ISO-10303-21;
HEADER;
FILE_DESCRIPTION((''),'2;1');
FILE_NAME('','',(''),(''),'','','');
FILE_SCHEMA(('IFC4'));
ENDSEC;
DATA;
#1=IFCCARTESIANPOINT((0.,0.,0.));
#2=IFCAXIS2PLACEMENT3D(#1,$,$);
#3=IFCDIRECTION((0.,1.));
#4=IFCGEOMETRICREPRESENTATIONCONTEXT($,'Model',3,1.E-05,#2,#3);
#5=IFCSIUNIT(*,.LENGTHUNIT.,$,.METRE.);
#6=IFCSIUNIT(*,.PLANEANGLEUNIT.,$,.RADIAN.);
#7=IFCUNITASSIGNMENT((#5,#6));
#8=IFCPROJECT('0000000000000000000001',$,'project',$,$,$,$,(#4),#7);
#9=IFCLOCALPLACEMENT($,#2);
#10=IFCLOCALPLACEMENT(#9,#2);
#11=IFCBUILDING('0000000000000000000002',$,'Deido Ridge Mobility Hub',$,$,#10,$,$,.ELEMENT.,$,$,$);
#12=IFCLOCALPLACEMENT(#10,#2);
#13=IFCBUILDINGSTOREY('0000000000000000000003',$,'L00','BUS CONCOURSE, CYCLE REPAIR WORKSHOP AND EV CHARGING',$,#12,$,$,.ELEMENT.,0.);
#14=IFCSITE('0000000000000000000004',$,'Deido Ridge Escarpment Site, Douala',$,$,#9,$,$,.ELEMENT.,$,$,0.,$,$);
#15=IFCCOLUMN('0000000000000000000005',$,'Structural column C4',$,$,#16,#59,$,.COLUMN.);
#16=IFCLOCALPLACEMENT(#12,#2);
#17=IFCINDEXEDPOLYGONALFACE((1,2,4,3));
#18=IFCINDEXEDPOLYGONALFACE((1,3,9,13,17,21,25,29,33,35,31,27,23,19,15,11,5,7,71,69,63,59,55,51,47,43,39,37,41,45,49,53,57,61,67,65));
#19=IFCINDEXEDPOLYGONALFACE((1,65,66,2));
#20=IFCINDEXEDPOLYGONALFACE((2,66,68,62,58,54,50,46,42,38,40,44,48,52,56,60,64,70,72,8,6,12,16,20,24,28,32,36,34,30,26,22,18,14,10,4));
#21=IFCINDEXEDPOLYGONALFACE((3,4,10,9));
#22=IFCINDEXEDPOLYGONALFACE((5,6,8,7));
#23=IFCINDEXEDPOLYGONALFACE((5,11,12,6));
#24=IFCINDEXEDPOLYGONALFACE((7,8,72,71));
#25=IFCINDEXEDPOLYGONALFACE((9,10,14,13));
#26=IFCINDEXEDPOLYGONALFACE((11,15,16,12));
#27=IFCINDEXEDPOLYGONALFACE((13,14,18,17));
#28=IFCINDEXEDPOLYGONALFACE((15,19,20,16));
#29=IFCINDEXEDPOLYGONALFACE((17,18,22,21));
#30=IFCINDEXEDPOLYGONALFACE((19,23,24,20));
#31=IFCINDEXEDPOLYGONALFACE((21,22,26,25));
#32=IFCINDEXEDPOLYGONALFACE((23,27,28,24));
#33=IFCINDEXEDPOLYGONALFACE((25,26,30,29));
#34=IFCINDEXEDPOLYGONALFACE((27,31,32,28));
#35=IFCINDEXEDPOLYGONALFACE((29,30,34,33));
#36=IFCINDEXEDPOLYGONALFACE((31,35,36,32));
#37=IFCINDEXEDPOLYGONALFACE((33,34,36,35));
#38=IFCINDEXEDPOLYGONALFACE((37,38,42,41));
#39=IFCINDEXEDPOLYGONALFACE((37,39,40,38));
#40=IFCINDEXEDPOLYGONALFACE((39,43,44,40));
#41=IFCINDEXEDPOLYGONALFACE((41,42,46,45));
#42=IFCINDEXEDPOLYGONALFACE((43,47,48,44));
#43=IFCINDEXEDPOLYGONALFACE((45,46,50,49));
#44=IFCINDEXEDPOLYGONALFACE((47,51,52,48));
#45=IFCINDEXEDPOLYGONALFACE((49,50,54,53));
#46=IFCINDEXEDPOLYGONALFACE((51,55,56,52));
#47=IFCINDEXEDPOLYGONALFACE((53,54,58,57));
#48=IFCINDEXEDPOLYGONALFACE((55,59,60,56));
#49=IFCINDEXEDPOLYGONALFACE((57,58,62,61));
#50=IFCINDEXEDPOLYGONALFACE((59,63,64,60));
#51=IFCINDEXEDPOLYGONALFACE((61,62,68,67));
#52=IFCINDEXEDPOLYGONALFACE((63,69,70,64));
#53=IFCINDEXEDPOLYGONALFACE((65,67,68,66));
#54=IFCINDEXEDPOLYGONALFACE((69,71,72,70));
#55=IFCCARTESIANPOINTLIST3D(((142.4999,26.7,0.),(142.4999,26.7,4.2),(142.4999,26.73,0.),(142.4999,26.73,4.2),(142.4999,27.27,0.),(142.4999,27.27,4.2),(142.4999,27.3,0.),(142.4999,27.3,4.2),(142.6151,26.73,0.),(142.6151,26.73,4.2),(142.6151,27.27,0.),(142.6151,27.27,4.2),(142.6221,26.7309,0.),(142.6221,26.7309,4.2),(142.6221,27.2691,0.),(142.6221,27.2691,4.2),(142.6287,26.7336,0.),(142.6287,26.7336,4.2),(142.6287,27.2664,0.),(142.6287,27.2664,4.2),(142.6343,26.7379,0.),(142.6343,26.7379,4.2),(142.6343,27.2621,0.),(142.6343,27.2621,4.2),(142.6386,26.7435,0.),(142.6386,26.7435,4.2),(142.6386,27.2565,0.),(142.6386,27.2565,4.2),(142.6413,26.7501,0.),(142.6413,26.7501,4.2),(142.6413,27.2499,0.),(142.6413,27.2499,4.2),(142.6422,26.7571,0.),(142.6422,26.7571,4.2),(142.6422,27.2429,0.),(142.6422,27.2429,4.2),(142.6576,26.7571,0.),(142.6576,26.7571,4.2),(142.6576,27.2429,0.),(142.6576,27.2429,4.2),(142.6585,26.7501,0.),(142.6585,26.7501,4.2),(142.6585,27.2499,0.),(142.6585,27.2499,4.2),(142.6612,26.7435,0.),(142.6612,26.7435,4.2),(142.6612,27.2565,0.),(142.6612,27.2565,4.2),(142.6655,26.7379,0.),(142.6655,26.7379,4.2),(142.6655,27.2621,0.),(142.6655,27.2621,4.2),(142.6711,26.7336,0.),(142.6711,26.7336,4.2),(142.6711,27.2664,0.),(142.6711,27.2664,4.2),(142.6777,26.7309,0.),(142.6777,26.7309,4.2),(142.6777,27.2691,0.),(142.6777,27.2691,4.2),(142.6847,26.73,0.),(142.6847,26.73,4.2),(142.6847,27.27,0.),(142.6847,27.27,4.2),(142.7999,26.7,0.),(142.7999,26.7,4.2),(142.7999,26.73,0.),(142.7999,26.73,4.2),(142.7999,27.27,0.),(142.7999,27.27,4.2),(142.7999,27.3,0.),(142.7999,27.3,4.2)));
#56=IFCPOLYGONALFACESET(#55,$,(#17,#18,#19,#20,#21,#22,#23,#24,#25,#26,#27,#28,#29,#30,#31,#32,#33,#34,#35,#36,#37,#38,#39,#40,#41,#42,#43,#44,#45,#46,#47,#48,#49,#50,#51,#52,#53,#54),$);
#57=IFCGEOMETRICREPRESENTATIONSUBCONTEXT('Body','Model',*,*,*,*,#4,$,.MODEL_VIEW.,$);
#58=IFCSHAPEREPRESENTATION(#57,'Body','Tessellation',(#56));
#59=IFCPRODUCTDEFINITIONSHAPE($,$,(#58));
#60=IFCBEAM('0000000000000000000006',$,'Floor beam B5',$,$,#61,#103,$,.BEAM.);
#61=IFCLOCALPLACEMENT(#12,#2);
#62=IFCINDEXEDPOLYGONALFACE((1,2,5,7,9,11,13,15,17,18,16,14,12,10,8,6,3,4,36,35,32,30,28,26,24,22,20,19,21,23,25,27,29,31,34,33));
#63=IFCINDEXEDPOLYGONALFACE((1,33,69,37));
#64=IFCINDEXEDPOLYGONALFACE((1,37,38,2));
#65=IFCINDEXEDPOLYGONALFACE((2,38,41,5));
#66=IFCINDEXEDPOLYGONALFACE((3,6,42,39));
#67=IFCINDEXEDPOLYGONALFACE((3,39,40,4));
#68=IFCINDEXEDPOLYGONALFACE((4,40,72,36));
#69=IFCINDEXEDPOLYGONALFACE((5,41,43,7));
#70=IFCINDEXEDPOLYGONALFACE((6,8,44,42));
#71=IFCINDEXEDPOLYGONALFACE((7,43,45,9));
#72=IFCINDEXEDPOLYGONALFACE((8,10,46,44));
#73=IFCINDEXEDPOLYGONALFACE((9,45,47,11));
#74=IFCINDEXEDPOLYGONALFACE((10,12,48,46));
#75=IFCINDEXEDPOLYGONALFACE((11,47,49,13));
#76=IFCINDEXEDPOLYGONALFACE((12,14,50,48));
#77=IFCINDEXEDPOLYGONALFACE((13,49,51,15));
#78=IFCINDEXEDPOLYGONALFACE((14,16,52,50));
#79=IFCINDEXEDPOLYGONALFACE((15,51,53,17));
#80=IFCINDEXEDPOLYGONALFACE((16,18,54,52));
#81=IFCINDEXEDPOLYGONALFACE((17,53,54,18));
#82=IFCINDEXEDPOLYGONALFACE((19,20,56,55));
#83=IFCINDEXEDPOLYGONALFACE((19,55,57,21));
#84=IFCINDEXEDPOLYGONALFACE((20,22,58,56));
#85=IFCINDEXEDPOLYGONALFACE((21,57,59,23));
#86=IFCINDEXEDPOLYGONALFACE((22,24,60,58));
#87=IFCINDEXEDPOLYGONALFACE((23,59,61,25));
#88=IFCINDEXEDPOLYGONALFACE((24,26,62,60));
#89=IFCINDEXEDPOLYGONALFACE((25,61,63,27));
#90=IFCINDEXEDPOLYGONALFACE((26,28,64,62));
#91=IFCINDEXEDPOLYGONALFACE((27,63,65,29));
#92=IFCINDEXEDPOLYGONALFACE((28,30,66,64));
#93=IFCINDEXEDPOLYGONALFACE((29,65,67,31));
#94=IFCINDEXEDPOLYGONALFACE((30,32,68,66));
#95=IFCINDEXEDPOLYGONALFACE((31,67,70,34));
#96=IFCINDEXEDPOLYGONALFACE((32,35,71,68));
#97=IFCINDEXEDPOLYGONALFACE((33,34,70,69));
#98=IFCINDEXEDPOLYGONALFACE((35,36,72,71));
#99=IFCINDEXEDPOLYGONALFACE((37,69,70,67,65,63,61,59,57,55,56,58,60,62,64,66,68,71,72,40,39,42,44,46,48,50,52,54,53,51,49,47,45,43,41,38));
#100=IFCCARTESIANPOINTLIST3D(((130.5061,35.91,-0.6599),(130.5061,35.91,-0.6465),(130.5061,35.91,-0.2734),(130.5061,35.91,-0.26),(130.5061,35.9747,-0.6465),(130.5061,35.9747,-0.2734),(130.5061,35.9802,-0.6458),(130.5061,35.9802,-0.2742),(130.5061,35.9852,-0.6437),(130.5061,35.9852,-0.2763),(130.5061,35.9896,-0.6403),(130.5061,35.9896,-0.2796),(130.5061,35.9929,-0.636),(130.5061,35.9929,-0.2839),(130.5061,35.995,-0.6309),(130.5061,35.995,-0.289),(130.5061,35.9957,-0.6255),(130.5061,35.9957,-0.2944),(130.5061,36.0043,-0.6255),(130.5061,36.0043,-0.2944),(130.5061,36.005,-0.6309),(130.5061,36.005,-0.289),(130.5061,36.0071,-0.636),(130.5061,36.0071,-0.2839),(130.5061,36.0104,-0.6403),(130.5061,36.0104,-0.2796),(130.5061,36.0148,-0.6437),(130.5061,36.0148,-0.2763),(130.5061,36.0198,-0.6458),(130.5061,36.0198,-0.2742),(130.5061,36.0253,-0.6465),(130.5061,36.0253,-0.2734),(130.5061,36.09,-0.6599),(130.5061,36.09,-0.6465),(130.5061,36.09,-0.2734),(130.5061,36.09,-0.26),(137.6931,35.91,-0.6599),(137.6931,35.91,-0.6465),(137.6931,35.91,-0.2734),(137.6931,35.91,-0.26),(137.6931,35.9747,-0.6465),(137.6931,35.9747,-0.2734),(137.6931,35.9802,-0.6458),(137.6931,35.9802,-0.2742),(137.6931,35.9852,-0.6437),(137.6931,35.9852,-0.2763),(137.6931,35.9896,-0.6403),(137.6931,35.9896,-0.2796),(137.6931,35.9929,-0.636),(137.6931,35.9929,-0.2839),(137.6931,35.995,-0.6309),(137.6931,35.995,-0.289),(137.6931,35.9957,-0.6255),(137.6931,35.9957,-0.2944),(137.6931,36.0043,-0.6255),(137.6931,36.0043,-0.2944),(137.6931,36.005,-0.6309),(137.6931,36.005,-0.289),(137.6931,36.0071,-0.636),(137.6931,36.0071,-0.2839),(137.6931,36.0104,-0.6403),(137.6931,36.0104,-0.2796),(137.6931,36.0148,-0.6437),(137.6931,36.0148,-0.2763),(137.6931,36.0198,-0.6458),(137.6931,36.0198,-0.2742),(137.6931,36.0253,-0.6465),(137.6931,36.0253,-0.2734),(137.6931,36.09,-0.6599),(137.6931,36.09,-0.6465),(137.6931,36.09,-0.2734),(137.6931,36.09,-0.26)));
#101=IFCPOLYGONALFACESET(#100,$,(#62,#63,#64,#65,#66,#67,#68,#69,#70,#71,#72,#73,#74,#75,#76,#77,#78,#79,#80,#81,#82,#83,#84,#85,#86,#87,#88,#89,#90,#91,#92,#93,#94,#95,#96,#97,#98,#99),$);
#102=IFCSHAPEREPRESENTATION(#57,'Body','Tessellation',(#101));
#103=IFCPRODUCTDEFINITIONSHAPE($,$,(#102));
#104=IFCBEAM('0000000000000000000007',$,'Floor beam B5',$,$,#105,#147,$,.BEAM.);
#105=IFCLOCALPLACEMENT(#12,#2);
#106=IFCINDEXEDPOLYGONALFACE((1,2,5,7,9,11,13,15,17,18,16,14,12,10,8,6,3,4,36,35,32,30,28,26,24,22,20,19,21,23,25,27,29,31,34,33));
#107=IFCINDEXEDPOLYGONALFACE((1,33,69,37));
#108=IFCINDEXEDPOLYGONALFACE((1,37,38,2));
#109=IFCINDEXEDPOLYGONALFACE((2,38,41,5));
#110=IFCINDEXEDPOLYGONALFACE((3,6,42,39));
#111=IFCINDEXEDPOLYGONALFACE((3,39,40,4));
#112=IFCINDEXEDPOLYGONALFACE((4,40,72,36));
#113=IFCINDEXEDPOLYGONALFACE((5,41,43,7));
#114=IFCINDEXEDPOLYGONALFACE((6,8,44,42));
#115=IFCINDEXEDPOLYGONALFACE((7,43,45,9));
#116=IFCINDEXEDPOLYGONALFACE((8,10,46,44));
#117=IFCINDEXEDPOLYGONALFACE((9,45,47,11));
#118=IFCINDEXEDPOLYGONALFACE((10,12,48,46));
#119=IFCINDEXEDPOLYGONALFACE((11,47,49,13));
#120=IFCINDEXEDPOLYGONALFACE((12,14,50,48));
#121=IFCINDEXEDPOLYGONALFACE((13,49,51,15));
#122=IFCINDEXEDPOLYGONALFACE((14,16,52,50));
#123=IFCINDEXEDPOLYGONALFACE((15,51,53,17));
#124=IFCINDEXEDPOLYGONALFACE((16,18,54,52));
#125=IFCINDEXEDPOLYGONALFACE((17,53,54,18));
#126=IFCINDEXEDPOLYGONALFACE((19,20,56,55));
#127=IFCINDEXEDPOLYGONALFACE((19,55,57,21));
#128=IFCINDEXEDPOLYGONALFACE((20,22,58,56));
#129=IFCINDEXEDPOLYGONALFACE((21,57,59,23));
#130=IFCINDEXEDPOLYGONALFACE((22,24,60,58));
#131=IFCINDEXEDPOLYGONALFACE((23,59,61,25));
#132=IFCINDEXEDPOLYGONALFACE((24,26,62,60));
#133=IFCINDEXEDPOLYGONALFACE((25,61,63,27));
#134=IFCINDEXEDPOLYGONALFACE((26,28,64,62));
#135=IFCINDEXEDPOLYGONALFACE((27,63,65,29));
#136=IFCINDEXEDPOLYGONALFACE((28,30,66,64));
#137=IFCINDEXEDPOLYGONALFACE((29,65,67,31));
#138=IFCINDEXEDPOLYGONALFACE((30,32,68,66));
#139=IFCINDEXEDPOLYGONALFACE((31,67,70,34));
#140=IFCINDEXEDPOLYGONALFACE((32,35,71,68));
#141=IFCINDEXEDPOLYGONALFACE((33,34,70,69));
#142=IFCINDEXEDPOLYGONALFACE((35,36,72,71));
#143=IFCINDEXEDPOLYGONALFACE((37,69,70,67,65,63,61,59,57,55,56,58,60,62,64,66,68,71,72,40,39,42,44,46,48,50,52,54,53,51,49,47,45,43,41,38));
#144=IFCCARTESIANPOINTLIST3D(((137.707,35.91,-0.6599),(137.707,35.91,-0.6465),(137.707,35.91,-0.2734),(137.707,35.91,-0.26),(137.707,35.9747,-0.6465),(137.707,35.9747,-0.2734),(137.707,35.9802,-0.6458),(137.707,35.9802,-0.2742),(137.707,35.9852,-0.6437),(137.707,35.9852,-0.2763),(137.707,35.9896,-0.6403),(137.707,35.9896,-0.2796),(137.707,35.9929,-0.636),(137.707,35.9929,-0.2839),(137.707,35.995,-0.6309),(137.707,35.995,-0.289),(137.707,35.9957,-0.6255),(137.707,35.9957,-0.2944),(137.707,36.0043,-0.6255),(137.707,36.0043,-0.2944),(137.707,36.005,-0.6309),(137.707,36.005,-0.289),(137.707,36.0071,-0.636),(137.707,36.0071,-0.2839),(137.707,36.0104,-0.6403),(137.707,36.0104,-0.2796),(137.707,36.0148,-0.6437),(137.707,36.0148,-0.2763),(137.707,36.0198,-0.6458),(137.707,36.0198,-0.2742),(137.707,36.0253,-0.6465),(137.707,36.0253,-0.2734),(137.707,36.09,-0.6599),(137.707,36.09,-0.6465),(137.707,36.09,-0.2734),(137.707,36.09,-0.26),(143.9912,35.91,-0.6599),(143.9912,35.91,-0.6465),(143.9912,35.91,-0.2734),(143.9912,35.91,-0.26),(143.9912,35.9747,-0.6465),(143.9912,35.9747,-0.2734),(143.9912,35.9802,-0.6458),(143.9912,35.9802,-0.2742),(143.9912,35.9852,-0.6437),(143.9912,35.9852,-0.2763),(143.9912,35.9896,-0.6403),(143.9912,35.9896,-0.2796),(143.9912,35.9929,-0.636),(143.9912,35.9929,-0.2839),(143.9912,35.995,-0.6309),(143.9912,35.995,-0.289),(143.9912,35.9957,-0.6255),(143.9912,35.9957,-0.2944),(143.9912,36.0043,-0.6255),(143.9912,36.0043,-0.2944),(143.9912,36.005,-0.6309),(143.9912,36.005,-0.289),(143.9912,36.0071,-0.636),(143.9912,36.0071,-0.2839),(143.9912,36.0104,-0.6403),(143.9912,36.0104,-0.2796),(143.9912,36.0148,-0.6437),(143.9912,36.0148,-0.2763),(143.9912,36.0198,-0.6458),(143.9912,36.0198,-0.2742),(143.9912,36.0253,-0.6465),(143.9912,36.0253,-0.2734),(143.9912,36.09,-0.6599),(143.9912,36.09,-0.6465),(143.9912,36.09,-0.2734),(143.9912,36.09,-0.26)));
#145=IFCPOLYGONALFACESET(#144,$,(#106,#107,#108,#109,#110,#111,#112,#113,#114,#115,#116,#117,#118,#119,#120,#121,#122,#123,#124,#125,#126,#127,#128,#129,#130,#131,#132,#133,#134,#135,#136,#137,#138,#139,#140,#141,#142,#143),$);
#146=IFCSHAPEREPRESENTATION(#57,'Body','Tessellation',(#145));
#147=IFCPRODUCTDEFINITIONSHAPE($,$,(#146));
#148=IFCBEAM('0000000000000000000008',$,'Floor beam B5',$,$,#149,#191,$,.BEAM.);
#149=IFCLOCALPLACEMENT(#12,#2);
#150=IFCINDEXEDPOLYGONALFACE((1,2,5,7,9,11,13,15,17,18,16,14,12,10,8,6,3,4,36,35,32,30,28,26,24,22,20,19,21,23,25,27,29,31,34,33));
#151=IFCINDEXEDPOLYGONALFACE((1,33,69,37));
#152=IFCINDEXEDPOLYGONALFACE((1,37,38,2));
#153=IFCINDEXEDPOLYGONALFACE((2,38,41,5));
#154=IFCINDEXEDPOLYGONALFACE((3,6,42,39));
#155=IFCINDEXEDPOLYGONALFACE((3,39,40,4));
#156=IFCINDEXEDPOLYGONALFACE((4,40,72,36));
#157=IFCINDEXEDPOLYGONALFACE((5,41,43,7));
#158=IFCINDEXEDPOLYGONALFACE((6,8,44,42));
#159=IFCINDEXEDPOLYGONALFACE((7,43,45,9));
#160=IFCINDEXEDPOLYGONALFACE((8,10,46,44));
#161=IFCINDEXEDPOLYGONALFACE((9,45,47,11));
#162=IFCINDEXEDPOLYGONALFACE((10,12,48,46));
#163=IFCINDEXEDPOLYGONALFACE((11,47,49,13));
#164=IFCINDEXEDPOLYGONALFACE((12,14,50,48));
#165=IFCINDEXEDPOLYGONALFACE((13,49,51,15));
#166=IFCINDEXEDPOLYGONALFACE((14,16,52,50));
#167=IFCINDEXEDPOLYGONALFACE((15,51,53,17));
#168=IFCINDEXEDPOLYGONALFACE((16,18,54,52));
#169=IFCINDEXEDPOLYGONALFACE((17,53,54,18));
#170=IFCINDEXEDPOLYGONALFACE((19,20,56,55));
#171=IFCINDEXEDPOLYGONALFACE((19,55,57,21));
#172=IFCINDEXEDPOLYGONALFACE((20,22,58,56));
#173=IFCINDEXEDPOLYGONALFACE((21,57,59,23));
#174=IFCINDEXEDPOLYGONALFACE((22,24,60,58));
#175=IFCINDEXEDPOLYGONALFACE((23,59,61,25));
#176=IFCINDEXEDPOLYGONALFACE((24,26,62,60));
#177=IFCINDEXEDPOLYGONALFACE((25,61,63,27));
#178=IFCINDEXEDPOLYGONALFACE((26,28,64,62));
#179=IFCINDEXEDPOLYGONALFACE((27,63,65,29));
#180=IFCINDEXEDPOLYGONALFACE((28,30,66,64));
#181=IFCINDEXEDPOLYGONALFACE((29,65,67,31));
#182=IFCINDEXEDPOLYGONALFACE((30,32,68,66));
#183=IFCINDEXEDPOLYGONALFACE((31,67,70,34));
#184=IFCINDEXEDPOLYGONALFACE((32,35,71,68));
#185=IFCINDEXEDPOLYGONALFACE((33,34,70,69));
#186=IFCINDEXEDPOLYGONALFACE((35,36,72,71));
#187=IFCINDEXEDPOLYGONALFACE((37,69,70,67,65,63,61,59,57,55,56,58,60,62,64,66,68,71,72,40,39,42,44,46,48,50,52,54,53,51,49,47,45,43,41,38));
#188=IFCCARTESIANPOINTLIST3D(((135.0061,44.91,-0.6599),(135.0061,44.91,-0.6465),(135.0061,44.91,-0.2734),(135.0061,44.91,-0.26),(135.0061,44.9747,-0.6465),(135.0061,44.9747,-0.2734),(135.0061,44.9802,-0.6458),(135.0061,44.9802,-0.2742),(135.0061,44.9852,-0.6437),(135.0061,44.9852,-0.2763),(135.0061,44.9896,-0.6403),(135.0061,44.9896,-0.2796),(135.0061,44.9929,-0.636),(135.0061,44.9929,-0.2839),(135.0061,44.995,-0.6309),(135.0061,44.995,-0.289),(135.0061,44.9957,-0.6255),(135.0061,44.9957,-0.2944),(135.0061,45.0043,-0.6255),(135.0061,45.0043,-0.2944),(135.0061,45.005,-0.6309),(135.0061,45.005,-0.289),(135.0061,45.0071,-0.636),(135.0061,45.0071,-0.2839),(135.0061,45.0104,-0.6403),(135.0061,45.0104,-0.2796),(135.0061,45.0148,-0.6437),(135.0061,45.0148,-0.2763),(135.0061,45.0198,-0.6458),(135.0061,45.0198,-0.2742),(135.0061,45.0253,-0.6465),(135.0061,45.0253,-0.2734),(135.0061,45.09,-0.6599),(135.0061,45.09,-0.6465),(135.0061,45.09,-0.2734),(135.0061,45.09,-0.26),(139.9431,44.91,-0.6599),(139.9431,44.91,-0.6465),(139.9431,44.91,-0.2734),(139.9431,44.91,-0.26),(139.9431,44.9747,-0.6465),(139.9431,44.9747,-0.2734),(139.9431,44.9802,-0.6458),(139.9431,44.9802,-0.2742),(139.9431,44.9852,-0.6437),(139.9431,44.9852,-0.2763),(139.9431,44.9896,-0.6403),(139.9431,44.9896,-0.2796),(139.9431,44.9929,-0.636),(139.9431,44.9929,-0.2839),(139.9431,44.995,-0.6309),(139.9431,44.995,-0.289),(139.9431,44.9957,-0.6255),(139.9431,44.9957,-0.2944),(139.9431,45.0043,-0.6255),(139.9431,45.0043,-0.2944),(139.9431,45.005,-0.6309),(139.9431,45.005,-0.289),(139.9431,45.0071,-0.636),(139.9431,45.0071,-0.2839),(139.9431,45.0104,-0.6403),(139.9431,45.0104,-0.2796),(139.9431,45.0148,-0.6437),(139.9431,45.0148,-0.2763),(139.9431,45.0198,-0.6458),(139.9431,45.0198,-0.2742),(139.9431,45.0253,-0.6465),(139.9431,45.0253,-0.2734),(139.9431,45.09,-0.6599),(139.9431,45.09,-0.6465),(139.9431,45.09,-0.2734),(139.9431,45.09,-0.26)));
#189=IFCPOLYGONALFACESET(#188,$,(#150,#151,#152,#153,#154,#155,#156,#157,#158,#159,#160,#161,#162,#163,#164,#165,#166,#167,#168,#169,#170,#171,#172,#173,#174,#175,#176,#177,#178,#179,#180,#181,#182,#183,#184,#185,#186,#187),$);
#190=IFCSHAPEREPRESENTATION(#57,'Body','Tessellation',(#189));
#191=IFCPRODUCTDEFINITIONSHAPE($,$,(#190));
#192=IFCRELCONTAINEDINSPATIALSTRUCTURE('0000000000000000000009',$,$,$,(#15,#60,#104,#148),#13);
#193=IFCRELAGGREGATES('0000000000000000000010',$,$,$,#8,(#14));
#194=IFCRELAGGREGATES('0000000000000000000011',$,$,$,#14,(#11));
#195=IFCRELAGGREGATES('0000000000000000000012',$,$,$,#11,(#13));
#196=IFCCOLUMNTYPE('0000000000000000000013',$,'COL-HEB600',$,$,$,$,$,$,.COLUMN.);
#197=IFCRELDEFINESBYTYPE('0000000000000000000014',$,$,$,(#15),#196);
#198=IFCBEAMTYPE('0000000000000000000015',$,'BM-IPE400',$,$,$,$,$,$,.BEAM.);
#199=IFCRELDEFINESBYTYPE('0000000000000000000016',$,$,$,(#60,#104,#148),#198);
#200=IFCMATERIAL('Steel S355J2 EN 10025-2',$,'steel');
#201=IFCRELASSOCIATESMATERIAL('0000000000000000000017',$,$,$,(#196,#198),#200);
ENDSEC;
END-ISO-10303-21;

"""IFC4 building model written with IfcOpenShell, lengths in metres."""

from ifc_helpers import new_model, si_unit, direction, frame, origin, origin_2d, place, context, subcontext, project, spatial, i_section, extrude, material, material_profile, profile_set, type_object, element, save


model = new_model("IFC4")

# Units and contexts
model_context = context("Model", 3, precision=1e-05, world=origin(), true_north=direction((0.0, 1.0)))
body_context = subcontext(model_context, "Body", "Model", "MODEL_VIEW")
ifc_project = project(units=[si_unit("LENGTHUNIT", "METRE"), si_unit("PLANEANGLEUNIT", "RADIAN")], contexts=[model_context])

# Site, building, storey
site_placement = place(None, origin())
site = spatial("IfcSite", under=ifc_project, at=site_placement, Name="Deido Ridge Escarpment Site, Douala", CompositionType="ELEMENT", RefElevation=0.0)
building_placement = place(site_placement, origin())
building = spatial("IfcBuilding", under=site, at=building_placement, Name="Deido Ridge Mobility Hub", CompositionType="ELEMENT")
storey_placement = place(building_placement, origin())
storey = spatial("IfcBuildingStorey", under=building, at=storey_placement, Name="L00", Description="BUS CONCOURSE, CYCLE REPAIR WORKSHOP AND EV CHARGING", CompositionType="ELEMENT", Elevation=0.0)

# Column
ifc_material = material(Name="Steel S355J2 EN 10025-2", Category="steel")
ifc_material_profile_1 = material_profile(ifc_material, i_section(OverallWidth=0.3, OverallDepth=0.6001, WebThickness=0.0154, FlangeThickness=0.03, FilletRadius=0.0271, at=origin_2d()), Name="HEB 600")
ifc_profile_set_1 = profile_set([ifc_material_profile_1], Name="Steel S355J2 EN 10025-2")
column_type_1 = type_object("IfcColumnType", Name="COL-HEB600", PredefinedType="COLUMN", material=ifc_profile_set_1)
column_1_placement = place(storey_placement, frame((142.6499, 27.0, 0.0), z_axis=(0.0, 0.0, 1.0), x_axis=(1.0, 0.0, 0.0)))
element("IfcColumn", 1, at=column_1_placement, inside=storey, type_object=column_type_1, Name="Structural column C4", PredefinedType="COLUMN", context=body_context, shape_type="SweptSolid", body=[
    extrude(i_section(OverallWidth=0.3, OverallDepth=0.6001, WebThickness=0.0154, FlangeThickness=0.03, FilletRadius=0.0271, at=origin_2d()), origin(), (0.0, 0.0, 1.0), 4.2),
])

# Beams
ifc_material_profile_2 = material_profile(ifc_material, i_section(OverallWidth=0.1799, OverallDepth=0.3999, WebThickness=0.0085, FlangeThickness=0.0134, FilletRadius=0.021, at=origin_2d()), Name="IPE 400")
ifc_profile_set_2 = profile_set([ifc_material_profile_2], Name="Steel S355J2 EN 10025-2")
beam_type_1 = type_object("IfcBeamType", Name="BM-IPE400", PredefinedType="BEAM", material=ifc_profile_set_2)
beam_1_placement = place(storey_placement, frame((130.5061, 36.0, -0.46), z_axis=(1.0, 0.0, 0.0), x_axis=(0.0, 1.0, 0.0)))
element("IfcBeam", 2, at=beam_1_placement, inside=storey, type_object=beam_type_1, Name="Floor beam B5", PredefinedType="BEAM", context=body_context, shape_type="SweptSolid", body=[
    extrude(i_section(OverallWidth=0.1799, OverallDepth=0.3999, WebThickness=0.0085, FlangeThickness=0.0134, FilletRadius=0.021, at=origin_2d()), origin(), (0.0, 0.0, 1.0), 7.187),
])
beam_2_placement = place(storey_placement, frame((137.707, 36.0, -0.46), z_axis=(1.0, 0.0, 0.0), x_axis=(0.0, 1.0, 0.0)))
element("IfcBeam", 3, at=beam_2_placement, inside=storey, type_object=beam_type_1, Name="Floor beam B5", PredefinedType="BEAM", context=body_context, shape_type="SweptSolid", body=[
    extrude(i_section(OverallWidth=0.1799, OverallDepth=0.3999, WebThickness=0.0085, FlangeThickness=0.0134, FilletRadius=0.021, at=origin_2d()), origin(), (0.0, 0.0, 1.0), 6.2842),
])
beam_3_placement = place(storey_placement, frame((135.0061, 45.0, -0.46), z_axis=(1.0, 0.0, 0.0), x_axis=(0.0, 1.0, 0.0)))
element("IfcBeam", 4, at=beam_3_placement, inside=storey, type_object=beam_type_1, Name="Floor beam B5", PredefinedType="BEAM", context=body_context, shape_type="SweptSolid", body=[
    extrude(i_section(OverallWidth=0.1799, OverallDepth=0.3999, WebThickness=0.0085, FlangeThickness=0.0134, FilletRadius=0.021, at=origin_2d()), origin(), (0.0, 0.0, 1.0), 4.937),
])

save(model, "model.ifc")
